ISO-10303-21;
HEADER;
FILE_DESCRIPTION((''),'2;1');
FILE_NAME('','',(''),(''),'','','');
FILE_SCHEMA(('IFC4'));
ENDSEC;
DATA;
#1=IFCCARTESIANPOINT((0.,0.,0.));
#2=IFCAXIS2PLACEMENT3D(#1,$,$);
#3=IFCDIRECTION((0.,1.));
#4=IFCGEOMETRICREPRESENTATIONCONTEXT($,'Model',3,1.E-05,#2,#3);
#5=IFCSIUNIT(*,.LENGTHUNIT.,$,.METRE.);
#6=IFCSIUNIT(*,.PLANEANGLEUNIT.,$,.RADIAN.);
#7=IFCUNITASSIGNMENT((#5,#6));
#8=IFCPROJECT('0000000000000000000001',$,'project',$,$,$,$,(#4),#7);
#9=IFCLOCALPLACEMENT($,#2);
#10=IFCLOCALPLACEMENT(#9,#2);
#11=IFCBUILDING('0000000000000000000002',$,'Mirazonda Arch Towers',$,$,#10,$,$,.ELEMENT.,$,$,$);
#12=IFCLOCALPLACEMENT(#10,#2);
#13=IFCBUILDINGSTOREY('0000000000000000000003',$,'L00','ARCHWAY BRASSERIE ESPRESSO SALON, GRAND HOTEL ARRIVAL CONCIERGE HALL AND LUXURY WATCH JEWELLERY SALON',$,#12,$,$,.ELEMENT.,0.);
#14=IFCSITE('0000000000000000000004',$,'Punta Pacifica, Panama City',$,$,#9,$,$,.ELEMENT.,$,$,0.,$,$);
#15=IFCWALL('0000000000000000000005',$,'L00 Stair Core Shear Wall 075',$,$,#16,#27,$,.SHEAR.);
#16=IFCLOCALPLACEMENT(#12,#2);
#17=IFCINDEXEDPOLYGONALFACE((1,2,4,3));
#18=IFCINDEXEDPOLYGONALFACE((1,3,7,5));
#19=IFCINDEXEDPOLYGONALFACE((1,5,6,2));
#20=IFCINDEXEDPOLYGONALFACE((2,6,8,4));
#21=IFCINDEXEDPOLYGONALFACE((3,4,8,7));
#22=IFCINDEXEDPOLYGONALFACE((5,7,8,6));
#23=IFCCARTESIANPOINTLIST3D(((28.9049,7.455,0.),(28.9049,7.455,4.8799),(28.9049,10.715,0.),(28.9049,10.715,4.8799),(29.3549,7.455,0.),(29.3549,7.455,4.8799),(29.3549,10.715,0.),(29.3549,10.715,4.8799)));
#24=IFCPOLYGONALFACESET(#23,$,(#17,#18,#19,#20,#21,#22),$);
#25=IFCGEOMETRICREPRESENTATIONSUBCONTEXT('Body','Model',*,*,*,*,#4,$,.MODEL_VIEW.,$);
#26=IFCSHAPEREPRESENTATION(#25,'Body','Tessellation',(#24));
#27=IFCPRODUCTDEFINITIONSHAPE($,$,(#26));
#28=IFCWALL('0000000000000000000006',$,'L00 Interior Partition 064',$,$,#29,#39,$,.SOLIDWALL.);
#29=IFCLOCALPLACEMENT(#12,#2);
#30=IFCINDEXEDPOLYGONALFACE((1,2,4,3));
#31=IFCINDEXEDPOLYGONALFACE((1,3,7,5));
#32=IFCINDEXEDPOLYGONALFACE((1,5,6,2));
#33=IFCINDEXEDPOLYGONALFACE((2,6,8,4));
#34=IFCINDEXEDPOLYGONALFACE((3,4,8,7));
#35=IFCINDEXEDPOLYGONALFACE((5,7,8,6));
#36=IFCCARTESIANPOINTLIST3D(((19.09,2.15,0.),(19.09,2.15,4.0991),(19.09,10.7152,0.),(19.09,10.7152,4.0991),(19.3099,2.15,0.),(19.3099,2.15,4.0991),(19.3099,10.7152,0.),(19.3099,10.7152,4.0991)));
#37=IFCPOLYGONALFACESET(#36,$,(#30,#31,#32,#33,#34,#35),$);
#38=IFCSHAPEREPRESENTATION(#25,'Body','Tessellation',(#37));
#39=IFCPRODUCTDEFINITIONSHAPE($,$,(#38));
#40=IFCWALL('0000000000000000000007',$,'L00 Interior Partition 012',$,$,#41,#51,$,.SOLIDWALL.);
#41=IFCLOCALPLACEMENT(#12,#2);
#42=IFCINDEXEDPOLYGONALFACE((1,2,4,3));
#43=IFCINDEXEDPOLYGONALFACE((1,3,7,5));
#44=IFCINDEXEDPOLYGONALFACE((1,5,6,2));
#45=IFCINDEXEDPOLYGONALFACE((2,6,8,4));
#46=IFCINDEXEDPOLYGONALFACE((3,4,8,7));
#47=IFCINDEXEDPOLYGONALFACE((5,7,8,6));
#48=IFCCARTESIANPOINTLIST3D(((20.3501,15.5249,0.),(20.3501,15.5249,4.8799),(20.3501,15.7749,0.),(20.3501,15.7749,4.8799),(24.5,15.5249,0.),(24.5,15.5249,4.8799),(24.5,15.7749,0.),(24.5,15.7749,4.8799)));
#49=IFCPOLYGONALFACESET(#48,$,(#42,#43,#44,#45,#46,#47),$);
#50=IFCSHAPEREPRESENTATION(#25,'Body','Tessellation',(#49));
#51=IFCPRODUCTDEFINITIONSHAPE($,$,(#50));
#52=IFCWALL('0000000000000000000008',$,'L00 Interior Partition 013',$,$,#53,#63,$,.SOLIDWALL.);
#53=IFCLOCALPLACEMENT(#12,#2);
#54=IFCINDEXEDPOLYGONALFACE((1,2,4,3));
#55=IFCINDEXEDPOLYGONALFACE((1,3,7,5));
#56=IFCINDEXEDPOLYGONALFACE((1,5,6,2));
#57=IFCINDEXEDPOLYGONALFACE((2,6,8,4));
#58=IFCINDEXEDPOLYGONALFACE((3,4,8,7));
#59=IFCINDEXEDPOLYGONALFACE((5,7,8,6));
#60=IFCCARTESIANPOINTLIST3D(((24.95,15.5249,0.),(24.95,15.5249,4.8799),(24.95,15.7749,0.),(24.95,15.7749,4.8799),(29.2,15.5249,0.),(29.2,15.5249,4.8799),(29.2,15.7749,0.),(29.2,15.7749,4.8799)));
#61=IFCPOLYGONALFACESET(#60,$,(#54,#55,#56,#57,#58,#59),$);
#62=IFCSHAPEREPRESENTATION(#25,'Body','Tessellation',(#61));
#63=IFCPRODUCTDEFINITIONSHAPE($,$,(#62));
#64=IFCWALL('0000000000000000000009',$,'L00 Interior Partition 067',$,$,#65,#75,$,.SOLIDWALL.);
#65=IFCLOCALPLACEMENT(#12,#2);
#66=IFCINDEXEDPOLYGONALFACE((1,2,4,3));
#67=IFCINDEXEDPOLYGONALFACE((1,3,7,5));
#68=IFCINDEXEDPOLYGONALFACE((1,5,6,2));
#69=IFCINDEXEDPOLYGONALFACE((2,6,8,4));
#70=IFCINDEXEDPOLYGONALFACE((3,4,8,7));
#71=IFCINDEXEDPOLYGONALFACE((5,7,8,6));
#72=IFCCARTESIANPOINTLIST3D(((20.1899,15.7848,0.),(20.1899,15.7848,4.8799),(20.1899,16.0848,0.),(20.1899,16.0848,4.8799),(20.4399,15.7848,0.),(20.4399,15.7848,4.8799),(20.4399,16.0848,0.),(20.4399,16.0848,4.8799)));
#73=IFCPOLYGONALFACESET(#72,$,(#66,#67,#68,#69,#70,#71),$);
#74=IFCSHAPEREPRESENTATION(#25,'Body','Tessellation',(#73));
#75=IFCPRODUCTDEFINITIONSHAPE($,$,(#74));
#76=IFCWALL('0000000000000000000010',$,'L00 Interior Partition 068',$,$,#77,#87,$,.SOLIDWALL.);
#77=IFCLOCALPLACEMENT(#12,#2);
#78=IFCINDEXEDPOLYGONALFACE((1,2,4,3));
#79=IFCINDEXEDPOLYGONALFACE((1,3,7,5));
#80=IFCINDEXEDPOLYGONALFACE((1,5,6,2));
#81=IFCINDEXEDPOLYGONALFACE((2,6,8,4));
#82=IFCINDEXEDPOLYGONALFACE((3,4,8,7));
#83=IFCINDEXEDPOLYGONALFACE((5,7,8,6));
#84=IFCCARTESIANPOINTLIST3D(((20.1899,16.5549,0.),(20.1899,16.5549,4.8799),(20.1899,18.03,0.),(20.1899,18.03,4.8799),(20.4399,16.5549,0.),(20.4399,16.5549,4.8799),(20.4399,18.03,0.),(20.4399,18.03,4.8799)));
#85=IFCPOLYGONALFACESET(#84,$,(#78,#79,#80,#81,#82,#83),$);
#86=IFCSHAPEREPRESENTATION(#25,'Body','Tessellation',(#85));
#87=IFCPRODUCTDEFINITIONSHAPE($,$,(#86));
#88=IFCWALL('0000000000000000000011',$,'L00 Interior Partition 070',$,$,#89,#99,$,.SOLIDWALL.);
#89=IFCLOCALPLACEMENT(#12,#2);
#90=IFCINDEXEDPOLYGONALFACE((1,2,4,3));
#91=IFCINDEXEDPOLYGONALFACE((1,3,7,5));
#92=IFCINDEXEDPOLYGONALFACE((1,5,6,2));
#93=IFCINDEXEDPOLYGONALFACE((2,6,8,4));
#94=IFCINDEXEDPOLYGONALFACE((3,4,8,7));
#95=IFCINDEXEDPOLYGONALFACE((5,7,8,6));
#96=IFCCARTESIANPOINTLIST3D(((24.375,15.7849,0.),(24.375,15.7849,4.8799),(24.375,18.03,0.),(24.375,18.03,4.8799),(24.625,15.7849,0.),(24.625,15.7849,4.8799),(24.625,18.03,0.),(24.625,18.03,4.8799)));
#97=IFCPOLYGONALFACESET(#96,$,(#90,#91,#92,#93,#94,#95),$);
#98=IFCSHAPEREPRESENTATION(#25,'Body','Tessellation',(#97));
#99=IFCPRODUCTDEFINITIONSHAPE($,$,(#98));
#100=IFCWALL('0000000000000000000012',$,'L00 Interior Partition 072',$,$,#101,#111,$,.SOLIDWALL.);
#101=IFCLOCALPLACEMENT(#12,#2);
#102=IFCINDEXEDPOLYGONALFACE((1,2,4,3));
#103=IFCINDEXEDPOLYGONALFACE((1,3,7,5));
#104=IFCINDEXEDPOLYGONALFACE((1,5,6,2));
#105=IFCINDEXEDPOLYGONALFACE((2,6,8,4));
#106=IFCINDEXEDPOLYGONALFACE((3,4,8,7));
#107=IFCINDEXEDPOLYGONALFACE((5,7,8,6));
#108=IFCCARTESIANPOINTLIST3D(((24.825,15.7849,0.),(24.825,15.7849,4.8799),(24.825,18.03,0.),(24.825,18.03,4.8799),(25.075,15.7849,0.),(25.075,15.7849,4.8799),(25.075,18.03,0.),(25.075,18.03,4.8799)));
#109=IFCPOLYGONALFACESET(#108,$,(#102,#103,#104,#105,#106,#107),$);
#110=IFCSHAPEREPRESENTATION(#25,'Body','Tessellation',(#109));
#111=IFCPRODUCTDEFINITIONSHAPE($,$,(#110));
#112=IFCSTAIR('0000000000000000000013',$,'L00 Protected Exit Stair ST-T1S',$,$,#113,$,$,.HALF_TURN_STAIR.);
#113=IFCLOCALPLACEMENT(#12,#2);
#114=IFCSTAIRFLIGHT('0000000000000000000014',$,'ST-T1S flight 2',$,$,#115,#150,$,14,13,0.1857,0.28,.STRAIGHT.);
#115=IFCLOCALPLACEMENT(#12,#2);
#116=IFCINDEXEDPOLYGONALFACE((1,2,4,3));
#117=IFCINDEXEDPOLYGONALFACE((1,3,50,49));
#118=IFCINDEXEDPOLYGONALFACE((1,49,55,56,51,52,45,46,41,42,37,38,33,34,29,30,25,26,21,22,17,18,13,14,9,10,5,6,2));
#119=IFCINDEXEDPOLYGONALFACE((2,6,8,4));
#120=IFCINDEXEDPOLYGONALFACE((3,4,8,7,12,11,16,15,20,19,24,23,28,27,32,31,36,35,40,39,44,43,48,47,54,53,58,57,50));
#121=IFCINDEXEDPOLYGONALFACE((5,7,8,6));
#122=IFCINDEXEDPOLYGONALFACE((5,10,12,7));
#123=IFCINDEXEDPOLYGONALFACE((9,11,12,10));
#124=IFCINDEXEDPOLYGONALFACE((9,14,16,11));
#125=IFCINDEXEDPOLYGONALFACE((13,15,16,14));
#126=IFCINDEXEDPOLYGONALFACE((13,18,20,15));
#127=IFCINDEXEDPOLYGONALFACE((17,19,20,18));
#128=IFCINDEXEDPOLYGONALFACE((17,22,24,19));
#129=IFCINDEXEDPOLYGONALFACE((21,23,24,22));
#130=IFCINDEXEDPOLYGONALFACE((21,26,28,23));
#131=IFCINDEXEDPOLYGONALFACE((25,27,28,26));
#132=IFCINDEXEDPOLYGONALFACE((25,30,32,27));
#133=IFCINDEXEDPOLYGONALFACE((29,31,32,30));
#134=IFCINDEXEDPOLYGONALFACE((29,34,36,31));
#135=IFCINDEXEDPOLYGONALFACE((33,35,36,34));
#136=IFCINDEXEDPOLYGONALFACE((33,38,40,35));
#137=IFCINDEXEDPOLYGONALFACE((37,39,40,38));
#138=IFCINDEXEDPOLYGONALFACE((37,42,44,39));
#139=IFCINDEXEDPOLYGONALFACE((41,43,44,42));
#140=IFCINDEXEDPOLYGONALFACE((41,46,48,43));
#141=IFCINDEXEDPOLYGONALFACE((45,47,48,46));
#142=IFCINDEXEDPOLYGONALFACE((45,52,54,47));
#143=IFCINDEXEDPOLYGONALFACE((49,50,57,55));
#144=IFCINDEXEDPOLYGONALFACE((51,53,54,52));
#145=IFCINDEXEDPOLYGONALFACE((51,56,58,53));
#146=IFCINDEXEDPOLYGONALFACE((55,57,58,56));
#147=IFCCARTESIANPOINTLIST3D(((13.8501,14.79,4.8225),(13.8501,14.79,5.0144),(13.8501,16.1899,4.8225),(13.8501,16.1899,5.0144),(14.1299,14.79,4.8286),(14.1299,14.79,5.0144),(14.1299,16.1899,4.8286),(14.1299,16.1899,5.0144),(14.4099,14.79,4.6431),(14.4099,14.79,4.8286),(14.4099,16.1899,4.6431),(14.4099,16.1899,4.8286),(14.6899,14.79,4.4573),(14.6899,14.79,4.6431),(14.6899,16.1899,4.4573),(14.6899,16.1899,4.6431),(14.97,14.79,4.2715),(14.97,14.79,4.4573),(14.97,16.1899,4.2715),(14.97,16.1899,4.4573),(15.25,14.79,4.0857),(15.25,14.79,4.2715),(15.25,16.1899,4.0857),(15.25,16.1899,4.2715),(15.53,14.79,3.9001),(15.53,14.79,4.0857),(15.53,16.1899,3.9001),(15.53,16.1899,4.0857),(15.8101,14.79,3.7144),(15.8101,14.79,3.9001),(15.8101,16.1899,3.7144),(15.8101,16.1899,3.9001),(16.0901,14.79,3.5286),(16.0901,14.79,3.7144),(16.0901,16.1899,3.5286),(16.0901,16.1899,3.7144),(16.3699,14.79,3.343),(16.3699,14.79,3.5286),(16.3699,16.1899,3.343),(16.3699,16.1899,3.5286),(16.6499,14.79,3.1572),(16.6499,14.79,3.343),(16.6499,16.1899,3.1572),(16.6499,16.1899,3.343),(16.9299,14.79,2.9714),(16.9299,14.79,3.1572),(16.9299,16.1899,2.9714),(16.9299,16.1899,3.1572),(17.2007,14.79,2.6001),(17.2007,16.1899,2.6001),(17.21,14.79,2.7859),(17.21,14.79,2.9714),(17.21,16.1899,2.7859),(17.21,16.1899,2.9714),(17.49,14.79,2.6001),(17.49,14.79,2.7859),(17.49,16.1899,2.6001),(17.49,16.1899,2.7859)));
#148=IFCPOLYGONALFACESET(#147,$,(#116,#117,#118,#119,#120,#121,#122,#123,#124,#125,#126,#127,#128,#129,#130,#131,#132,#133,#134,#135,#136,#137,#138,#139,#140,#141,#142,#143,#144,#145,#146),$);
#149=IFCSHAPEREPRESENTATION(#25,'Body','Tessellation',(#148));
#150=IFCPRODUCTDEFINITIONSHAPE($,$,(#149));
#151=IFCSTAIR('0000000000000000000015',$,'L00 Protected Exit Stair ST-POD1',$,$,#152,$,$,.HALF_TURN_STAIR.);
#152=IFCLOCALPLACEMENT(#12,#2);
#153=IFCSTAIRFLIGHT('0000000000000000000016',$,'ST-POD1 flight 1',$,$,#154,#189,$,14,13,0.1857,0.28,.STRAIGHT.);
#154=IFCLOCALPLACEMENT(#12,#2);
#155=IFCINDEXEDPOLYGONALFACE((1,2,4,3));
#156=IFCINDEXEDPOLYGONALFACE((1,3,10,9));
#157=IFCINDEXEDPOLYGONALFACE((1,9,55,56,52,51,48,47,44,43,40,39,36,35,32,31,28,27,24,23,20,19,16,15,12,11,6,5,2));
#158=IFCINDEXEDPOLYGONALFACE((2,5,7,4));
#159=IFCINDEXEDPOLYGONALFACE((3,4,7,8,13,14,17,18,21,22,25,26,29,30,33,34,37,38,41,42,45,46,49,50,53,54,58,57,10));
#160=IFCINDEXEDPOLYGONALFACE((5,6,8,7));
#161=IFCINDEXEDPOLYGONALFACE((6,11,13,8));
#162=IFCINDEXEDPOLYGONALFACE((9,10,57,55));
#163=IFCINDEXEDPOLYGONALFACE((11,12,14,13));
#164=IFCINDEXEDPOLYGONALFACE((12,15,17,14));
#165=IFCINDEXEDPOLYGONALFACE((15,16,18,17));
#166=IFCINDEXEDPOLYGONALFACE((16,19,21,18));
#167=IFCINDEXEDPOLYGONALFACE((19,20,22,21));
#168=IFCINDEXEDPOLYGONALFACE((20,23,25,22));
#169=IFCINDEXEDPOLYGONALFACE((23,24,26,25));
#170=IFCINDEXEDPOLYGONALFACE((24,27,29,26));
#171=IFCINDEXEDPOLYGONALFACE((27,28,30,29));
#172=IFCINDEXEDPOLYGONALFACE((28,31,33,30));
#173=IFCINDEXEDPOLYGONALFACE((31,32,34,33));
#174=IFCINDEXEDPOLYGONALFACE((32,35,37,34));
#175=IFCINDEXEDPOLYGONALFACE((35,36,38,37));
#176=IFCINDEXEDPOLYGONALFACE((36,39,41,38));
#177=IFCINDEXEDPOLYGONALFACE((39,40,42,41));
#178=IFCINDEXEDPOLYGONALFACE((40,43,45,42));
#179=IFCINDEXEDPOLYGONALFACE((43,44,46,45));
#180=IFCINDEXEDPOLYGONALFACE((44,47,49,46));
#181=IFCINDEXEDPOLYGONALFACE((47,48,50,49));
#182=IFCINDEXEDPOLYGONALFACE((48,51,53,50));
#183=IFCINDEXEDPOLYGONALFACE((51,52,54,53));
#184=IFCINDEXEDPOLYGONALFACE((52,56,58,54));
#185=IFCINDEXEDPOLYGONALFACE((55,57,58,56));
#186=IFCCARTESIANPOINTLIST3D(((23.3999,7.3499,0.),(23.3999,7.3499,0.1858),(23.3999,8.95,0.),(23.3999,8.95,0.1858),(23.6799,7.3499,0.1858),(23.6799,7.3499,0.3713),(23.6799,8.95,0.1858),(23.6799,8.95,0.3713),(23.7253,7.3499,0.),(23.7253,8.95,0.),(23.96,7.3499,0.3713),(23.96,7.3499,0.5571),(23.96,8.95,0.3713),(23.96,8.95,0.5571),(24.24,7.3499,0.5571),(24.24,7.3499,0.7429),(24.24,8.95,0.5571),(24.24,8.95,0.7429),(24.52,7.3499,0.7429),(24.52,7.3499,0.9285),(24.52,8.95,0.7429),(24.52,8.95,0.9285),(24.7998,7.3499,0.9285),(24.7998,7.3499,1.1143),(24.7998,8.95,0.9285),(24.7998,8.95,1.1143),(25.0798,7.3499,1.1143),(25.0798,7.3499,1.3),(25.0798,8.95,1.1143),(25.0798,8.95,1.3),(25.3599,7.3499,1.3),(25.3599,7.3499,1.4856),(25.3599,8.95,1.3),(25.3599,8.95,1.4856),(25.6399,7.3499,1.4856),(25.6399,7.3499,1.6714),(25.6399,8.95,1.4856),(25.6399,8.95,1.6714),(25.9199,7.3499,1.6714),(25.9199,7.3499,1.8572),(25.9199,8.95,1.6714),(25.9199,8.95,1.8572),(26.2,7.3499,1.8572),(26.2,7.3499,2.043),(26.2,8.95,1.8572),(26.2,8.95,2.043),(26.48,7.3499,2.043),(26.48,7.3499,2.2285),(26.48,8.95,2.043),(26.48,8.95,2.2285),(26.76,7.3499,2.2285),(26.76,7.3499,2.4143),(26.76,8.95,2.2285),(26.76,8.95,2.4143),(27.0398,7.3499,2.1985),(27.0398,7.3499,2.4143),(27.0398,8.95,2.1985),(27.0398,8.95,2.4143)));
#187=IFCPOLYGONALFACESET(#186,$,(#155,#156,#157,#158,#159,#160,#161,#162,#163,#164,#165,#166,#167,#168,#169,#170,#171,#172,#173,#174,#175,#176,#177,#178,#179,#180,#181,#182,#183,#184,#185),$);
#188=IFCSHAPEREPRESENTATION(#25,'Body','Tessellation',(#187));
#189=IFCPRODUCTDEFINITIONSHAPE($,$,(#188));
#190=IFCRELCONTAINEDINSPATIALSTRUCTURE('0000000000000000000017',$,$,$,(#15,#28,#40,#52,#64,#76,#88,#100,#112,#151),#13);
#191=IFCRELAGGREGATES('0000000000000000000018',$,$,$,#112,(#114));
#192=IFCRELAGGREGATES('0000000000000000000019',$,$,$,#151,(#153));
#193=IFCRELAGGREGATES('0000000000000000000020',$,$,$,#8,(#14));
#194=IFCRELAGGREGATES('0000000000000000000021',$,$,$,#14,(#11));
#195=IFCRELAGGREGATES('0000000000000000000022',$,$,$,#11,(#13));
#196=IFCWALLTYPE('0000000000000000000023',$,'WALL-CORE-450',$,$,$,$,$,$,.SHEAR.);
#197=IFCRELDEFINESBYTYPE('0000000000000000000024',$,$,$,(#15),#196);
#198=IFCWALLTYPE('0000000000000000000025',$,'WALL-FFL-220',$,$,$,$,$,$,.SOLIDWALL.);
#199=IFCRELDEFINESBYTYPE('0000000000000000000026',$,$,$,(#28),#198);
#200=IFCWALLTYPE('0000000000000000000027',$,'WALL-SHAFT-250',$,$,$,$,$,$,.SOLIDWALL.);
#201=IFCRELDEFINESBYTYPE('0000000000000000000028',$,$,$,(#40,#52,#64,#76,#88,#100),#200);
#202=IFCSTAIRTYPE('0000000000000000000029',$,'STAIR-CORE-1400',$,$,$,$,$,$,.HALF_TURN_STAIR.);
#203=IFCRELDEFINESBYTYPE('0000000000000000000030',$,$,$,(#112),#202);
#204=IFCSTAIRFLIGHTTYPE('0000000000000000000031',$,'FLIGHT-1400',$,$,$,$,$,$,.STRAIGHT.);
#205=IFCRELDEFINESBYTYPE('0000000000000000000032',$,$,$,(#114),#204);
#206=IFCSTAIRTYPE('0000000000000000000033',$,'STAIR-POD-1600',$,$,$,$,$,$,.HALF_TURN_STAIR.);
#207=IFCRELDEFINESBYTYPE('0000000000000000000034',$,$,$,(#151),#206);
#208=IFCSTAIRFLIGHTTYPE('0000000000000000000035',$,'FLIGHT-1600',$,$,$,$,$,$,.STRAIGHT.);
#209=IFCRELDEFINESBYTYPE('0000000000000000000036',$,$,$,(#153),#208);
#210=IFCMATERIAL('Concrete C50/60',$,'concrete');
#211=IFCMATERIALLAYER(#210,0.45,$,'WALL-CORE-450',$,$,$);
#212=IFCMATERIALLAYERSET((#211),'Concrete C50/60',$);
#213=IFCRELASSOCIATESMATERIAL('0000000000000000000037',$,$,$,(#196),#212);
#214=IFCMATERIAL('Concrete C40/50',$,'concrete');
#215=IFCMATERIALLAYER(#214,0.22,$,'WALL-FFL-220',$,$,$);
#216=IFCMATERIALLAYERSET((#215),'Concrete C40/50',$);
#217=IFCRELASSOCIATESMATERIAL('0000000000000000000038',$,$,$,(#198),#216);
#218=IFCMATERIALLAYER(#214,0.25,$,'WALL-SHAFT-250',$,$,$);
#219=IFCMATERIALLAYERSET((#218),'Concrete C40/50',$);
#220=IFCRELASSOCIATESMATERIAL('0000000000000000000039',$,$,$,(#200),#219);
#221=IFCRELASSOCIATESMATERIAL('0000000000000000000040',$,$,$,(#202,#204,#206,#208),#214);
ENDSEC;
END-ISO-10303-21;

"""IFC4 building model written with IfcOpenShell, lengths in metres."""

from ifc_helpers import new_model, si_unit, direction, frame, frame_2d, origin, place, context, subcontext, project, spatial, polyline, rectangle, outline, extrude, material, layer, layer_set, type_object, element, aggregate, save


model = new_model("IFC4")

# Units and contexts
model_context = context("Model", 3, precision=1e-05, world=origin(), true_north=direction((0.0, 1.0)))
body_context = subcontext(model_context, "Body", "Model", "MODEL_VIEW")
ifc_project = project(units=[si_unit("LENGTHUNIT", "METRE"), si_unit("PLANEANGLEUNIT", "RADIAN")], contexts=[model_context])

# Site, building, storey
site_placement = place(None, origin())
site = spatial("IfcSite", under=ifc_project, at=site_placement, Name="Punta Pacifica, Panama City", CompositionType="ELEMENT", RefElevation=0.0)
building_placement = place(site_placement, origin())
building = spatial("IfcBuilding", under=site, at=building_placement, Name="Mirazonda Arch Towers", CompositionType="ELEMENT")
storey_placement = place(building_placement, origin())
storey = spatial("IfcBuildingStorey", under=building, at=storey_placement, Name="L00", Description="ARCHWAY BRASSERIE ESPRESSO SALON, GRAND HOTEL ARRIVAL CONCIERGE HALL AND LUXURY WATCH JEWELLERY SALON", CompositionType="ELEMENT", Elevation=0.0)

# Shared definitions
ifc_material_1 = material(Name="Concrete C50/60", Category="concrete")

# Walls
ifc_layer_1 = layer(ifc_material_1, 0.45, Name="WALL-CORE-450")
ifc_layer_set_1 = layer_set([ifc_layer_1], Name="Concrete C50/60")
wall_type_1 = type_object("IfcWallType", Name="WALL-CORE-450", PredefinedType="SHEAR", material=ifc_layer_set_1)
for number, where, z_axis, x_axis, name in (
    (1, (29.1299, 7.4551, 0.0), (0.0, 0.0, 1.0), (0.0, 1.0, 0.0), "L00 Stair Core Shear Wall 075"),
):
    element("IfcWall", number, at=place(storey_placement, frame(where, z_axis=z_axis, x_axis=x_axis)), inside=storey, type_object=wall_type_1, Name=name, PredefinedType="SHEAR", context=body_context, shape_type="SweptSolid", body=[
        extrude(rectangle(XDim=3.26, YDim=0.45, at=frame_2d((1.6299, 0.0))), origin(), (0.0, 0.0, 1.0), 4.8799),
    ])
ifc_material_2 = material(Name="Concrete C40/50", Category="concrete")
ifc_layer_2 = layer(ifc_material_2, 0.22, Name="WALL-FFL-220")
ifc_layer_set_2 = layer_set([ifc_layer_2], Name="Concrete C40/50")
wall_type_2 = type_object("IfcWallType", Name="WALL-FFL-220", PredefinedType="SOLIDWALL", material=ifc_layer_set_2)
wall_1_placement = place(storey_placement, frame((19.2, 2.1499, 0.0), z_axis=(0.0, 0.0, 1.0), x_axis=(0.0, 1.0, 0.0)))
element("IfcWall", 2, at=wall_1_placement, inside=storey, type_object=wall_type_2, Name="L00 Interior Partition 064", PredefinedType="SOLIDWALL", context=body_context, shape_type="SweptSolid", body=[
    extrude(rectangle(XDim=8.5652, YDim=0.22, at=frame_2d((4.2827, 0.0))), origin(), (0.0, 0.0, 1.0), 4.0991),
])
ifc_layer_3 = layer(ifc_material_2, 0.25, Name="WALL-SHAFT-250")
ifc_layer_set_3 = layer_set([ifc_layer_3], Name="Concrete C40/50")
wall_type_3 = type_object("IfcWallType", Name="WALL-SHAFT-250", PredefinedType="SOLIDWALL", material=ifc_layer_set_3)
wall_2_placement = place(storey_placement, frame((20.3501, 15.6499, 0.0), z_axis=(0.0, 0.0, 1.0), x_axis=(1.0, 0.0, 0.0)))
element("IfcWall", 3, at=wall_2_placement, inside=storey, type_object=wall_type_3, Name="L00 Interior Partition 012", PredefinedType="SOLIDWALL", context=body_context, shape_type="SweptSolid", body=[
    extrude(rectangle(XDim=4.1499, YDim=0.25, at=frame_2d((2.075, 0.0))), origin(), (0.0, 0.0, 1.0), 4.8799),
])
wall_3_placement = place(storey_placement, frame((24.95, 15.6499, 0.0), z_axis=(0.0, 0.0, 1.0), x_axis=(1.0, 0.0, 0.0)))
element("IfcWall", 4, at=wall_3_placement, inside=storey, type_object=wall_type_3, Name="L00 Interior Partition 013", PredefinedType="SOLIDWALL", context=body_context, shape_type="SweptSolid", body=[
    extrude(rectangle(XDim=4.25, YDim=0.25, at=frame_2d((2.125, 0.0))), origin(), (0.0, 0.0, 1.0), 4.8799),
])
wall_4_placement = place(storey_placement, frame((20.3149, 15.7849, 0.0), z_axis=(0.0, 0.0, 1.0), x_axis=(0.0, 1.0, 0.0)))
element("IfcWall", 5, at=wall_4_placement, inside=storey, type_object=wall_type_3, Name="L00 Interior Partition 067", PredefinedType="SOLIDWALL", context=body_context, shape_type="SweptSolid", body=[
    extrude(rectangle(XDim=0.3, YDim=0.25, at=frame_2d((0.1499, 0.0))), origin(), (0.0, 0.0, 1.0), 4.8799),
])
wall_5_placement = place(storey_placement, frame((20.3149, 16.5549, 0.0), z_axis=(0.0, 0.0, 1.0), x_axis=(0.0, 1.0, 0.0)))
element("IfcWall", 6, at=wall_5_placement, inside=storey, type_object=wall_type_3, Name="L00 Interior Partition 068", PredefinedType="SOLIDWALL", context=body_context, shape_type="SweptSolid", body=[
    extrude(rectangle(XDim=1.4751, YDim=0.25, at=frame_2d((0.7375, 0.0))), origin(), (0.0, 0.0, 1.0), 4.8799),
])
for number, where, z_axis, x_axis, name in (
    (7, (24.5, 15.7849, 0.0), (0.0, 0.0, 1.0), (0.0, 1.0, 0.0), "L00 Interior Partition 070"),
    (8, (24.95, 15.7849, 0.0), (0.0, 0.0, 1.0), (0.0, 1.0, 0.0), "L00 Interior Partition 072"),
):
    element("IfcWall", number, at=place(storey_placement, frame(where, z_axis=z_axis, x_axis=x_axis)), inside=storey, type_object=wall_type_3, Name=name, PredefinedType="SOLIDWALL", context=body_context, shape_type="SweptSolid", body=[
        extrude(rectangle(XDim=2.2451, YDim=0.25, at=frame_2d((1.1226, 0.0))), origin(), (0.0, 0.0, 1.0), 4.8799),
    ])

# Stair, stair flight
stair_type_1 = type_object("IfcStairType", Name="STAIR-CORE-1400", PredefinedType="HALF_TURN_STAIR", material=ifc_material_2)
stair_1_placement = place(storey_placement, origin())
stair_1 = element("IfcStair", 9, at=stair_1_placement, inside=storey, type_object=stair_type_1, Name="L00 Protected Exit Stair ST-T1S", PredefinedType="HALF_TURN_STAIR")
stair_flight_type_1 = type_object("IfcStairFlightType", Name="FLIGHT-1400", PredefinedType="STRAIGHT", material=ifc_material_2)
stair_flight_1_placement = place(storey_placement, frame((17.49, 15.49, 2.6001), z_axis=(0.0, 0.0, 1.0), x_axis=(-1.0, 0.0, 0.0)))
stair_flight_1 = element("IfcStairFlight", 10, at=stair_flight_1_placement, type_object=stair_flight_type_1, Name="ST-T1S flight 2", NumberOfRisers=14, NumberOfTreads=13, PredefinedType="STRAIGHT", RiserHeight=0.1857, TreadLength=0.28, context=body_context, shape_type="SweptSolid", body=[
    extrude(outline(polyline([(0.0, 0.0), (0.0, 0.1858), (0.28, 0.1858), (0.28, 0.3713), (0.5601, 0.3713), (0.5601, 0.5571), (0.8401, 0.5571), (0.8401, 0.7429), (1.1201, 0.7429), (1.1201, 0.9285), (1.3999, 0.9285), (1.3999, 1.1143), (1.6799, 1.1143), (1.6799, 1.3), (1.96, 1.3), (1.96, 1.4856), (2.24, 1.4856), (2.24, 1.6714), (2.52, 1.6714), (2.52, 1.8572), (2.8, 1.8572), (2.8, 2.043), (3.0801, 2.043), (3.0801, 2.2285), (3.3601, 2.2285), (3.3601, 2.4143), (3.6399, 2.4143), (3.6399, 2.6001), (3.6399, 2.2224), (0.2893, 0.0), (0.0, 0.0)])), frame((0.0, 0.7, 0.0), z_axis=(0.0, -1.0, 0.0), x_axis=(1.0, 0.0, 0.0)), (0.0, 0.0, 1.0), 1.3999),
])
aggregate(stair_1, [stair_flight_1])

# Stair, stair flight
stair_type_2 = type_object("IfcStairType", Name="STAIR-POD-1600", PredefinedType="HALF_TURN_STAIR", material=ifc_material_2)
stair_2_placement = place(storey_placement, origin())
stair_2 = element("IfcStair", 11, at=stair_2_placement, inside=storey, type_object=stair_type_2, Name="L00 Protected Exit Stair ST-POD1", PredefinedType="HALF_TURN_STAIR")
stair_flight_type_2 = type_object("IfcStairFlightType", Name="FLIGHT-1600", PredefinedType="STRAIGHT", material=ifc_material_2)
stair_flight_2_placement = place(storey_placement, frame((23.3999, 8.1499, 0.0), z_axis=(0.0, 0.0, 1.0), x_axis=(1.0, 0.0, 0.0)))
stair_flight_2 = element("IfcStairFlight", 12, at=stair_flight_2_placement, type_object=stair_flight_type_2, Name="ST-POD1 flight 1", NumberOfRisers=14, NumberOfTreads=13, PredefinedType="STRAIGHT", RiserHeight=0.1857, TreadLength=0.28, context=body_context, shape_type="SweptSolid", body=[
    extrude(outline(polyline([(0.0, 0.0), (0.0, 0.1858), (0.28, 0.1858), (0.28, 0.3713), (0.5601, 0.3713), (0.5601, 0.5571), (0.8401, 0.5571), (0.8401, 0.7429), (1.1201, 0.7429), (1.1201, 0.9285), (1.3999, 0.9285), (1.3999, 1.1143), (1.6799, 1.1143), (1.6799, 1.3), (1.96, 1.3), (1.96, 1.4856), (2.24, 1.4856), (2.24, 1.6714), (2.52, 1.6714), (2.52, 1.8572), (2.8, 1.8572), (2.8, 2.043), (3.0801, 2.043), (3.0801, 2.2285), (3.3601, 2.2285), (3.3601, 2.4143), (3.6399, 2.4143), (3.6399, 2.6001), (3.6399, 2.1985), (0.3254, 0.0), (0.0, 0.0)])), frame((0.0, 0.8, 0.0), z_axis=(0.0, -1.0, 0.0), x_axis=(1.0, 0.0, 0.0)), (0.0, 0.0, 1.0), 1.6001),
])
aggregate(stair_2, [stair_flight_2])

save(model, "model.ifc")
